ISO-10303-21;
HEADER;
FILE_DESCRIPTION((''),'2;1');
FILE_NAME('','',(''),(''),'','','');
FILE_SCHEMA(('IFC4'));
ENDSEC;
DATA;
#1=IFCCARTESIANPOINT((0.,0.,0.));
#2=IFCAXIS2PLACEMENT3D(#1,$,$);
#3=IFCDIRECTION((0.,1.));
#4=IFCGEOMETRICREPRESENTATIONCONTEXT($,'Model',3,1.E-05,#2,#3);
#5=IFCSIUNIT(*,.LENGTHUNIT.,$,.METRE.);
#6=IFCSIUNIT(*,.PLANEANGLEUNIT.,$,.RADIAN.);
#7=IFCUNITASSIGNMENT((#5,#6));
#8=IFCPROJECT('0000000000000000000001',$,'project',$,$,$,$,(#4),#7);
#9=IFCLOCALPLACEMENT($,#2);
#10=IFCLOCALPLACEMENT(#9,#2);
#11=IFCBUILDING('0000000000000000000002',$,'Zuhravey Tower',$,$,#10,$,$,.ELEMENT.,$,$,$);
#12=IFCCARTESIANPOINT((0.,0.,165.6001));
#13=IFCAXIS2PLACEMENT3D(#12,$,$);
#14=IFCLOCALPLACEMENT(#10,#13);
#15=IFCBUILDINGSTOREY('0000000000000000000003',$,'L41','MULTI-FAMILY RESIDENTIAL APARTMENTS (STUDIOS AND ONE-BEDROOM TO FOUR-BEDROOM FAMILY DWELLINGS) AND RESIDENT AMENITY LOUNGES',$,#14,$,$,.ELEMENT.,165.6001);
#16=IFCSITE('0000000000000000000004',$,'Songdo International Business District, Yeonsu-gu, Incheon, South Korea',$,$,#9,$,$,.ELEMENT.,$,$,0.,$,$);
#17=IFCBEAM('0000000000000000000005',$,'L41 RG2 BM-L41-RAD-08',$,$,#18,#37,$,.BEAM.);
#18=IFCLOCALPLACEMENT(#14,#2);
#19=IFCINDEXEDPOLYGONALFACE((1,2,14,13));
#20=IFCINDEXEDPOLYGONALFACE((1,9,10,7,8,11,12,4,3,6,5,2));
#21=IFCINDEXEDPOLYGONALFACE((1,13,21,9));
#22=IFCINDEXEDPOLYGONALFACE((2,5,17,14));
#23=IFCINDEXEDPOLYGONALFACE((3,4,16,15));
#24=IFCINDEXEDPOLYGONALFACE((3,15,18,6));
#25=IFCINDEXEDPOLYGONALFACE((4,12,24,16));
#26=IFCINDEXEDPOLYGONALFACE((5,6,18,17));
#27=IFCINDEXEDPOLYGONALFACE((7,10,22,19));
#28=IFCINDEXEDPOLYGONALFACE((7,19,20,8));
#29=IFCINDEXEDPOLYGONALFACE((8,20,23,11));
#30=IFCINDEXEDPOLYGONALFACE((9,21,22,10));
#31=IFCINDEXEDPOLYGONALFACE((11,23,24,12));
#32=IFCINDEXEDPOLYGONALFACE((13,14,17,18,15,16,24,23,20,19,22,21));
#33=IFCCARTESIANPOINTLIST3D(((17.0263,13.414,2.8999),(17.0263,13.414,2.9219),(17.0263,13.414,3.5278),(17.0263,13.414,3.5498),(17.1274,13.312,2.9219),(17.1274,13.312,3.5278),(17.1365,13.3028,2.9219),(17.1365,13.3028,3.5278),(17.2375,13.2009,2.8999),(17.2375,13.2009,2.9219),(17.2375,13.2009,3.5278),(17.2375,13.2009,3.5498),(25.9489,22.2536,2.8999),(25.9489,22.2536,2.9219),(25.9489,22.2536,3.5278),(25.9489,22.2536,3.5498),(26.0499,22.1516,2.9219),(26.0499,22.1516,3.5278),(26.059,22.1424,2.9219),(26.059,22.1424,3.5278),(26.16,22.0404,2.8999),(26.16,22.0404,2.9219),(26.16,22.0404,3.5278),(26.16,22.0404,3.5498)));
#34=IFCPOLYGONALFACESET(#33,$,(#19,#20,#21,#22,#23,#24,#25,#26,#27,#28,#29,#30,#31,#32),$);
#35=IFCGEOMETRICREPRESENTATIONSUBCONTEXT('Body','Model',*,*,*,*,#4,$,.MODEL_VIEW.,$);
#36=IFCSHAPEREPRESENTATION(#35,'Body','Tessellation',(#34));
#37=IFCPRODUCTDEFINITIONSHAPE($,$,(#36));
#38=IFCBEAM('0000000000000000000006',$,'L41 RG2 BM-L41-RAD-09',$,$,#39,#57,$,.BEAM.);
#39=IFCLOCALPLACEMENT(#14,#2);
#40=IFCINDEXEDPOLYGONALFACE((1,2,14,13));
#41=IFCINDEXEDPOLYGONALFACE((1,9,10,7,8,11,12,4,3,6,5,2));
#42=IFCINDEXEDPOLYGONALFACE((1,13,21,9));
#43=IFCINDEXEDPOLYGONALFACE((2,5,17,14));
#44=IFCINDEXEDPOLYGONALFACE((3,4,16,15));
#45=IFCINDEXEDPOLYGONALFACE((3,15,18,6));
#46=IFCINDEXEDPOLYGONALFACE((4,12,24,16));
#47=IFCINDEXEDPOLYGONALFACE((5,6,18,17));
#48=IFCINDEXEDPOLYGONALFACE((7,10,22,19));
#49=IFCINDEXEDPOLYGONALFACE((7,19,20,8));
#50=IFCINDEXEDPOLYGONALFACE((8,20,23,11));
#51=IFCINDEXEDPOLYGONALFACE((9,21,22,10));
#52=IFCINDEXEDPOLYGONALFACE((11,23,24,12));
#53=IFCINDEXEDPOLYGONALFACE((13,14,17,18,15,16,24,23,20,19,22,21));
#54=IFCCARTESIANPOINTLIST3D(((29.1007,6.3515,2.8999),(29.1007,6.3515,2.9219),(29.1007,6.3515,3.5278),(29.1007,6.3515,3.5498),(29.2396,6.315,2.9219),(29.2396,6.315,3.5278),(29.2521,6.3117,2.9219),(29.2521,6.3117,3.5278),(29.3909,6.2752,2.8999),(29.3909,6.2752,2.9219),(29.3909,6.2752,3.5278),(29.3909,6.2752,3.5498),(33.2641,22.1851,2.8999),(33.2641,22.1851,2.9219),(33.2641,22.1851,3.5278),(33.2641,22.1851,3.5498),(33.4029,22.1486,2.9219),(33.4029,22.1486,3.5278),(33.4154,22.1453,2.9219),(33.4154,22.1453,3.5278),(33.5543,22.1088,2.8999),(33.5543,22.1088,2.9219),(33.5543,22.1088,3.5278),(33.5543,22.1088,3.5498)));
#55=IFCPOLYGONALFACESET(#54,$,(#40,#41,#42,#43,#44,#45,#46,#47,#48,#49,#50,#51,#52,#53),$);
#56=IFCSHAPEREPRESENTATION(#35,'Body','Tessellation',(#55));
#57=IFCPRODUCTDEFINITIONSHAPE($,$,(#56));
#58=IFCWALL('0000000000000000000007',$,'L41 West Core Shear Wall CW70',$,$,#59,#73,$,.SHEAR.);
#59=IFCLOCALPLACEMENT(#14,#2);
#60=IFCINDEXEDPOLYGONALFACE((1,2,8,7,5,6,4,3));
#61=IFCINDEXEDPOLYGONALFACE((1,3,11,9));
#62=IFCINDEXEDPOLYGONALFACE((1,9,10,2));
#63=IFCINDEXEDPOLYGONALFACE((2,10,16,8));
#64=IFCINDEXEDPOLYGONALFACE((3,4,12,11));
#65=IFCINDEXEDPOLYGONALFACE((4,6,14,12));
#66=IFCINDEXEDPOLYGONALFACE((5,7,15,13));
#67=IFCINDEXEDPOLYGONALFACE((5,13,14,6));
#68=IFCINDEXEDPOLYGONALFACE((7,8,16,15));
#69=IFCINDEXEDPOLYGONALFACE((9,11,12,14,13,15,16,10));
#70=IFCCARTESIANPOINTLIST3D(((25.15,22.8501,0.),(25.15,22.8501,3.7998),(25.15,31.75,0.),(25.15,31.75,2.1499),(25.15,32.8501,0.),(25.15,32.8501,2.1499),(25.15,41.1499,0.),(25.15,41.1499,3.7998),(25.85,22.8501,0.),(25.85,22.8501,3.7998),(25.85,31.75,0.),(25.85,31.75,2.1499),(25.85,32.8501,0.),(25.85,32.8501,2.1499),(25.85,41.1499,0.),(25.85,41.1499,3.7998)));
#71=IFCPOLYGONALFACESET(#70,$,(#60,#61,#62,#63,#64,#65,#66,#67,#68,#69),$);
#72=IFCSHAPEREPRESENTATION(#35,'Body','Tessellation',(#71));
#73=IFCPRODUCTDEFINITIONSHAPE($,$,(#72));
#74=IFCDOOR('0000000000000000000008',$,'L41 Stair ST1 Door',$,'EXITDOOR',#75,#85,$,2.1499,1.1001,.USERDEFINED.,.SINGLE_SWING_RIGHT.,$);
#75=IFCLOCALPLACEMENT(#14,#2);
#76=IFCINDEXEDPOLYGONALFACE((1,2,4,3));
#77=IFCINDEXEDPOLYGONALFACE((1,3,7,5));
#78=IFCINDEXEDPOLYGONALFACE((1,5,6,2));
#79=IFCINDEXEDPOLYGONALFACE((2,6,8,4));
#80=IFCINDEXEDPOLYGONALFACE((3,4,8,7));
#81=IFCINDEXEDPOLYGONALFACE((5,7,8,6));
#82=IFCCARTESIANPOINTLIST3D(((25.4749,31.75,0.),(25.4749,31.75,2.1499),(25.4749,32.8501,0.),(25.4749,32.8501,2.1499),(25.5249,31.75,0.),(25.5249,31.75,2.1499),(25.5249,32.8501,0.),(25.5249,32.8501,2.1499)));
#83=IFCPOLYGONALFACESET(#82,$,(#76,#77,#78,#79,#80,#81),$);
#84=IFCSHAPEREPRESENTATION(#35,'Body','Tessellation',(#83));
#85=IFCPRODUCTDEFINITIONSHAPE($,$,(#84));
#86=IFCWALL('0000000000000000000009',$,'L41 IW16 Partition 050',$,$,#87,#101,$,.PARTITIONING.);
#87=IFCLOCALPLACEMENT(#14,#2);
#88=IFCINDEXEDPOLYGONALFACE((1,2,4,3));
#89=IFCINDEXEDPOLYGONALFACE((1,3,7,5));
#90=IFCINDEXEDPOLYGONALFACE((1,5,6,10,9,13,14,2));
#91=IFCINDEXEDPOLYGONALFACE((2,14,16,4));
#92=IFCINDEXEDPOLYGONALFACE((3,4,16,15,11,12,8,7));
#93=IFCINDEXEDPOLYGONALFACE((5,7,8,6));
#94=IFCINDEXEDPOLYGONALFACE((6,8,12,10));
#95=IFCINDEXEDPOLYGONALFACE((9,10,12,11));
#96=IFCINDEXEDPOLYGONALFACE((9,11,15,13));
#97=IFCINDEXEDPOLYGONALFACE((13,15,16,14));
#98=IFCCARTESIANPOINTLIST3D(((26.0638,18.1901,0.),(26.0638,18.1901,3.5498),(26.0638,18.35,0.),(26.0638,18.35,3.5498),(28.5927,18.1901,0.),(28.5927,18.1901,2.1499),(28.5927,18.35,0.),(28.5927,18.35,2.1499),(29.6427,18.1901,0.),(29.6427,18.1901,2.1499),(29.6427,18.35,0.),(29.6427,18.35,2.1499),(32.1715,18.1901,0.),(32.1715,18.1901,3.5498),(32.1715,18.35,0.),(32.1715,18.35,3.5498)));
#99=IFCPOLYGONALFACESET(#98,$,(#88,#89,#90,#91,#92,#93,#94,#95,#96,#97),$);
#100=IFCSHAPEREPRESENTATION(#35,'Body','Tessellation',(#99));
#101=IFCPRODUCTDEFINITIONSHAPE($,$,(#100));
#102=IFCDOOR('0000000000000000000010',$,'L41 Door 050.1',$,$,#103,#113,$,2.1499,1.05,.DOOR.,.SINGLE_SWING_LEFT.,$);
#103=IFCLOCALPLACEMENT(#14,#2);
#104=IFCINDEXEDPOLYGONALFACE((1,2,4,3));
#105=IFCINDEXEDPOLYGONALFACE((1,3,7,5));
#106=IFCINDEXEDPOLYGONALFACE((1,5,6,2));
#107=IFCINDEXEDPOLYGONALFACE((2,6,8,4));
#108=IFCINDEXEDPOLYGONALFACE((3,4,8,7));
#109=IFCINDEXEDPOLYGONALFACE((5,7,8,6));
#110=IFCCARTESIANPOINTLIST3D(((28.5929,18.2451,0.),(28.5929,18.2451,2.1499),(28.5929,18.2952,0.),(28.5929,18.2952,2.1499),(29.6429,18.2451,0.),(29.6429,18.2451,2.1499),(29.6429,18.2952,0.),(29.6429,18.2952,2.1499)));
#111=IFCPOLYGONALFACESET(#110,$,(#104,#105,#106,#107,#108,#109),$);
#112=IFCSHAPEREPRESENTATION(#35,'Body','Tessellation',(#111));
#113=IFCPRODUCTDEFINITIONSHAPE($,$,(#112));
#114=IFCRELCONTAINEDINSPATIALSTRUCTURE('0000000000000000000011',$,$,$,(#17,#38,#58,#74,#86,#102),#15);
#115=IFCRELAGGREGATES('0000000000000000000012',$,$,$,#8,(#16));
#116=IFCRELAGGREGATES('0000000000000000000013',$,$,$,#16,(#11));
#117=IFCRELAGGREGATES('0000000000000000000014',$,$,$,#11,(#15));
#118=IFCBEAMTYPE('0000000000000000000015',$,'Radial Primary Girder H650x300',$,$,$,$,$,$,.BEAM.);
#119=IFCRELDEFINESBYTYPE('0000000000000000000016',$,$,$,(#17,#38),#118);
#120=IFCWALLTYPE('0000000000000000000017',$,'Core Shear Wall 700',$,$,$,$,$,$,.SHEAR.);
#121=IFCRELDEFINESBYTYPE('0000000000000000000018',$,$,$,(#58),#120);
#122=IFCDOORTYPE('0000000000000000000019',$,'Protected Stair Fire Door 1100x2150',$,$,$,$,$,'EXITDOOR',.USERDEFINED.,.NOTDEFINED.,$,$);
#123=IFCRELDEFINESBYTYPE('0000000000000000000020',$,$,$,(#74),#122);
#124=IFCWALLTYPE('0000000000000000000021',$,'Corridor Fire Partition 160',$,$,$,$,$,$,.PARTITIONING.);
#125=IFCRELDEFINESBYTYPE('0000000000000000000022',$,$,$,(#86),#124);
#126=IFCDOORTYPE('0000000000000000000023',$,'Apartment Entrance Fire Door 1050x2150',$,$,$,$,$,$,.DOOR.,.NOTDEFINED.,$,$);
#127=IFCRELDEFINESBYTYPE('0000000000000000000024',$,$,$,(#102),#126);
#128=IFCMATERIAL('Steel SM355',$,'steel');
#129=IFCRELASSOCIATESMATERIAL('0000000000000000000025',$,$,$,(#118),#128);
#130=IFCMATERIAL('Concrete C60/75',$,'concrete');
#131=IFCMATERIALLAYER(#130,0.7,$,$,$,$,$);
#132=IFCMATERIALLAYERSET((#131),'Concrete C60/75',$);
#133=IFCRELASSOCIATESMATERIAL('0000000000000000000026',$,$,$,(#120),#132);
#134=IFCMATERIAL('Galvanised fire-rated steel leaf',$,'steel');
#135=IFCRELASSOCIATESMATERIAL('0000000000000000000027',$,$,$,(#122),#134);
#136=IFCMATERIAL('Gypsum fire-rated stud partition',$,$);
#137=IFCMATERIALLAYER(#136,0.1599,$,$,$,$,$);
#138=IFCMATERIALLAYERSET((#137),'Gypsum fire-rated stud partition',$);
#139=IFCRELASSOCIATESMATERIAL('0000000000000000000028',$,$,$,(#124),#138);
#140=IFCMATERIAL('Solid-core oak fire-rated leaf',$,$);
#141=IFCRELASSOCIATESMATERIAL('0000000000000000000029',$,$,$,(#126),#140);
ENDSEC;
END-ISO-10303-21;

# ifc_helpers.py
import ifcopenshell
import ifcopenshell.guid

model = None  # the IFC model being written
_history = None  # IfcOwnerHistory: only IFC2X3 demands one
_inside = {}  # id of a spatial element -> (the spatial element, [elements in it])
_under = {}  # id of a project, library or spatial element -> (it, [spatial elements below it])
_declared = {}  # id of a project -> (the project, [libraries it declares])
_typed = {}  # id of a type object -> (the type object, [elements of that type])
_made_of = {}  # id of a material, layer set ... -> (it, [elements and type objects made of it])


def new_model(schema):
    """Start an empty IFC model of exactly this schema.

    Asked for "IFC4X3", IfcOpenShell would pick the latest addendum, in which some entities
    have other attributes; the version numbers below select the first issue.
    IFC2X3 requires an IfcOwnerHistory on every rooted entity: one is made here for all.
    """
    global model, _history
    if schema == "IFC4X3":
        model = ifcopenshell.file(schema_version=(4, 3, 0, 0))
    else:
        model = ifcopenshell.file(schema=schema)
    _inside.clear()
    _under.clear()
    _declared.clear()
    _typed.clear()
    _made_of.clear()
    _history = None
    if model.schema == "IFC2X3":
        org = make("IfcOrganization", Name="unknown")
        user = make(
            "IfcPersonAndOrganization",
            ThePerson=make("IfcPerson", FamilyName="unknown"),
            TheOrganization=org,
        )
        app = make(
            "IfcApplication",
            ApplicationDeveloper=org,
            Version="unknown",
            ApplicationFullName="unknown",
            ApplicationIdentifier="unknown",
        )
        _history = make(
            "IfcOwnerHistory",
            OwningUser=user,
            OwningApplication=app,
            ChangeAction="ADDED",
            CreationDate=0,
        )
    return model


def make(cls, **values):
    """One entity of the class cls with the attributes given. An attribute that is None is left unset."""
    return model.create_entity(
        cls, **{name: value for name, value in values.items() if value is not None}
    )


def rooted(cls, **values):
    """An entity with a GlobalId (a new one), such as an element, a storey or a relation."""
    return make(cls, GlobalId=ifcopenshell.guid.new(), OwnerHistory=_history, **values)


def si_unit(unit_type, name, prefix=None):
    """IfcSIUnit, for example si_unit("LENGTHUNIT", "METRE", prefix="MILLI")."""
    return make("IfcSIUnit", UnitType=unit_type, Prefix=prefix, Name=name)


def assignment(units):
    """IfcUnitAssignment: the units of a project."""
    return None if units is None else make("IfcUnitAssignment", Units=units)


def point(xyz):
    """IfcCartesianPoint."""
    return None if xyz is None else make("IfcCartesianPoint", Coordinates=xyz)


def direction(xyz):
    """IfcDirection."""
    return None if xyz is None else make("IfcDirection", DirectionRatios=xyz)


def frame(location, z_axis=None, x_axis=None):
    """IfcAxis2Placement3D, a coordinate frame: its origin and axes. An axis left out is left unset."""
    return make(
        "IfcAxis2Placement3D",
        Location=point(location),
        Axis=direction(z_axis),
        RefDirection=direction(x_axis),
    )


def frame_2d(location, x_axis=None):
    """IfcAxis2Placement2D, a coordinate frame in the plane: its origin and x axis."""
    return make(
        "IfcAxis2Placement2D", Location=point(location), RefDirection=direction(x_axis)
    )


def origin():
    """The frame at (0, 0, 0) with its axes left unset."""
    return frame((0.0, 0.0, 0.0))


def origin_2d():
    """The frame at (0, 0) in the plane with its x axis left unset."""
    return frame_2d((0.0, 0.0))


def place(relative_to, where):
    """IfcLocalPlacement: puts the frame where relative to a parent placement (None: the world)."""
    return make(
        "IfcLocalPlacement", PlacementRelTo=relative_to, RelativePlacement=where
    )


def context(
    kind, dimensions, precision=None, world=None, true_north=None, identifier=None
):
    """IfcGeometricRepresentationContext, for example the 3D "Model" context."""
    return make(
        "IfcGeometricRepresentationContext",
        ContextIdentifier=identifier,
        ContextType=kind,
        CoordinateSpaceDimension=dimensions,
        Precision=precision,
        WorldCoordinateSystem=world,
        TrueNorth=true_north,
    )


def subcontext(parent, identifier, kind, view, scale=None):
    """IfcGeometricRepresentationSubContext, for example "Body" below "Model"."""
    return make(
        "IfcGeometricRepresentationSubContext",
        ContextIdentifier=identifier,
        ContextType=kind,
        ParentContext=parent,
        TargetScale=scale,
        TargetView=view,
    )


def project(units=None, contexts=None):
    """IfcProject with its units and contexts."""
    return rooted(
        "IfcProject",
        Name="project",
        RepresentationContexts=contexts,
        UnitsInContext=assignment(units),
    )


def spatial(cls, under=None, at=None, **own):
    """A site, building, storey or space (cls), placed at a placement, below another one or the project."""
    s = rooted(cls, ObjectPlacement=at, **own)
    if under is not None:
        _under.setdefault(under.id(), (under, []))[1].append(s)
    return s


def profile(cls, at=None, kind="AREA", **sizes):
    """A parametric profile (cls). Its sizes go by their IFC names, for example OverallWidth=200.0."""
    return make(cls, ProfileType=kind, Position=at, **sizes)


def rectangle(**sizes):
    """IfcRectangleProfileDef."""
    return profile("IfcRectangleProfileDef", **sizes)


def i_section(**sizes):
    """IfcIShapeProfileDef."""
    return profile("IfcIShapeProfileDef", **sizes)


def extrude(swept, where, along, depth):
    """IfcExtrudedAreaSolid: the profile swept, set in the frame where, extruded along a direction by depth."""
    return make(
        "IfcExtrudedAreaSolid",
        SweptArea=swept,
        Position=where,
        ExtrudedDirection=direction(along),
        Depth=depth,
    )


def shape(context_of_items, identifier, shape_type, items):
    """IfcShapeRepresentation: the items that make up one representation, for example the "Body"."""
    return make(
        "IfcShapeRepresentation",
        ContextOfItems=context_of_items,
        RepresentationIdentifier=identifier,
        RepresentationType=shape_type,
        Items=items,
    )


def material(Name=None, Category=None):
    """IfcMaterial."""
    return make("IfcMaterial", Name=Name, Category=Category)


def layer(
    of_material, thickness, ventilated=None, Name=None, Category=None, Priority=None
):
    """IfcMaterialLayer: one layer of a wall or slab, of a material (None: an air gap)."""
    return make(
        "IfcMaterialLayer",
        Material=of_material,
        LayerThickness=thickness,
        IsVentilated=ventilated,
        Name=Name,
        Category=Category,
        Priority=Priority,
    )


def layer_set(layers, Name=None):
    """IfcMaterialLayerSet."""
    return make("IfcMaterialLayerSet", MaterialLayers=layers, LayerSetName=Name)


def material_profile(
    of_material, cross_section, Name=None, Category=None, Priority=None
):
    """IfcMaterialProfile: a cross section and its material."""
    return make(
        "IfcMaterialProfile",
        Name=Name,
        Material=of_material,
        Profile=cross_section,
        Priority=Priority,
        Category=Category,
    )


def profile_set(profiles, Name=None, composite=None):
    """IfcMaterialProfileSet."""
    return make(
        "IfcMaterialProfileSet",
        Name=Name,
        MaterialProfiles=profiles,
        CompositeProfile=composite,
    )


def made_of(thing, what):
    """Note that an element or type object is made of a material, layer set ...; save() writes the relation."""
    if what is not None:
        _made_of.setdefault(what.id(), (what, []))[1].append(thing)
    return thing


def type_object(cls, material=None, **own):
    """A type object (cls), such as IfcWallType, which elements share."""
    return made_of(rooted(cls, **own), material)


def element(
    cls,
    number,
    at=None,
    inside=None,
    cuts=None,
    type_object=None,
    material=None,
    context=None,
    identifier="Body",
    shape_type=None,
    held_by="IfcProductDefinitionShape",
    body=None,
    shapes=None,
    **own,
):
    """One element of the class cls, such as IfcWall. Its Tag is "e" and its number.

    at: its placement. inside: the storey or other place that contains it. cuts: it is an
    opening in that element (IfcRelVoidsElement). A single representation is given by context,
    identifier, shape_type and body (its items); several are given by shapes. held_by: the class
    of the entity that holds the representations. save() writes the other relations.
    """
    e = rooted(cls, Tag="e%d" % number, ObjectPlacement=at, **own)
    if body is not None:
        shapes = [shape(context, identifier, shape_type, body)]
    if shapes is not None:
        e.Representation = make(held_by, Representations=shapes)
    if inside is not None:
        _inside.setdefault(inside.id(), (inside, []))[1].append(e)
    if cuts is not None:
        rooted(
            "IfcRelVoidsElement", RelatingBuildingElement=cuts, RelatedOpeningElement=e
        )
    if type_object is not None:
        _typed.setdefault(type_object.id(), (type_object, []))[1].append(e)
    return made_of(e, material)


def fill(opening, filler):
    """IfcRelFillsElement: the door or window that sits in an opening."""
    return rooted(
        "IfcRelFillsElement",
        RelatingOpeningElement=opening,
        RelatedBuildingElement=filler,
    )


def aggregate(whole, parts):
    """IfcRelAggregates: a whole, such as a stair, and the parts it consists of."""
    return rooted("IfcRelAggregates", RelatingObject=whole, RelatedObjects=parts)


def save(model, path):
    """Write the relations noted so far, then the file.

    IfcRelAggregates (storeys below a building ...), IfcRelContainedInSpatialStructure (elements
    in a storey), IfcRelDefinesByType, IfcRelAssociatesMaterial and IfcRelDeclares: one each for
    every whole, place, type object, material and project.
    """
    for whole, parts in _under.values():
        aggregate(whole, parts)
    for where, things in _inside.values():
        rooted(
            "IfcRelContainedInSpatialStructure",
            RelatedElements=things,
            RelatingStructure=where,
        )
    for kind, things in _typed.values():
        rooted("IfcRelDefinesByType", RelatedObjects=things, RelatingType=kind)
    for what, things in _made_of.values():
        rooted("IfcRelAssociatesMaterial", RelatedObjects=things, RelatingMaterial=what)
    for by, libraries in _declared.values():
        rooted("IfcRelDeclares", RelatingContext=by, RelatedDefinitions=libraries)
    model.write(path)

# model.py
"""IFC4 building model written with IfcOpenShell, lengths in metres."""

from ifc_helpers import new_model, si_unit, direction, frame, frame_2d, origin, origin_2d, place, context, subcontext, project, spatial, rectangle, i_section, extrude, material, layer, layer_set, material_profile, profile_set, type_object, element, fill, save


model = new_model("IFC4")

# Units and contexts
model_context = context("Model", 3, precision=1e-05, world=origin(), true_north=direction((0.0, 1.0)))
body_context = subcontext(model_context, "Body", "Model", "MODEL_VIEW")
ifc_project = project(units=[si_unit("LENGTHUNIT", "METRE"), si_unit("PLANEANGLEUNIT", "RADIAN")], contexts=[model_context])

# Site, building, storey
site_placement = place(None, origin())
site = spatial("IfcSite", under=ifc_project, at=site_placement, Name="Songdo International Business District, Yeonsu-gu, Incheon, South Korea", CompositionType="ELEMENT", RefElevation=0.0)
building_placement = place(site_placement, origin())
building = spatial("IfcBuilding", under=site, at=building_placement, Name="Zuhravey Tower", CompositionType="ELEMENT")
storey_placement = place(building_placement, frame((0.0, 0.0, 165.6001)))
storey = spatial("IfcBuildingStorey", under=building, at=storey_placement, Name="L41", Description="MULTI-FAMILY RESIDENTIAL APARTMENTS (STUDIOS AND ONE-BEDROOM TO FOUR-BEDROOM FAMILY DWELLINGS) AND RESIDENT AMENITY LOUNGES", CompositionType="ELEMENT", Elevation=165.6001)

# Beams
ifc_material_1 = material(Name="Steel SM355", Category="steel")
ifc_material_profile = material_profile(ifc_material_1, i_section(OverallWidth=0.3, OverallDepth=0.6499, WebThickness=0.0129, FlangeThickness=0.022, at=origin_2d()), Name="H-650x300x13x22")
ifc_profile_set = profile_set([ifc_material_profile], Name="Steel SM355")
beam_type = type_object("IfcBeamType", Name="Radial Primary Girder H650x300", PredefinedType="BEAM", material=ifc_profile_set)
beam_1_placement = place(storey_placement, frame((26.0544, 22.147, 3.2249), z_axis=(-0.710404, -0.703795, 0.0), x_axis=(0.703795, -0.710404, 0.0)))
element("IfcBeam", 1, at=beam_1_placement, inside=storey, type_object=beam_type, Name="L41 RG2 BM-L41-RAD-08", PredefinedType="BEAM", context=body_context, shape_type="SweptSolid", body=[
    extrude(i_section(OverallWidth=0.3, OverallDepth=0.6499, WebThickness=0.0129, FlangeThickness=0.022, at=origin_2d()), origin(), (0.0, 0.0, 1.0), 12.5598),
])
beam_2_placement = place(storey_placement, frame((33.4092, 22.147, 3.2249), z_axis=(-0.2543, -0.967125, 0.0), x_axis=(0.967125, -0.2543, 0.0)))
element("IfcBeam", 2, at=beam_2_placement, inside=storey, type_object=beam_type, Name="L41 RG2 BM-L41-RAD-09", PredefinedType="BEAM", context=body_context, shape_type="SweptSolid", body=[
    extrude(i_section(OverallWidth=0.3, OverallDepth=0.6499, WebThickness=0.0129, FlangeThickness=0.022, at=origin_2d()), origin(), (0.0, 0.0, 1.0), 16.3718),
])

# Walls, openings, doors
ifc_material_2 = material(Name="Concrete C60/75", Category="concrete")
ifc_layer_1 = layer(ifc_material_2, 0.7)
ifc_layer_set_1 = layer_set([ifc_layer_1], Name="Concrete C60/75")
wall_type_1 = type_object("IfcWallType", Name="Core Shear Wall 700", PredefinedType="SHEAR", material=ifc_layer_set_1)
ifc_material_3 = material(Name="Galvanised fire-rated steel leaf", Category="steel")
wall_1_placement = place(storey_placement, frame((25.5, 22.8501, 0.0), z_axis=(0.0, 0.0, 1.0), x_axis=(0.0, 1.0, 0.0)))
wall_1 = element("IfcWall", 3, at=wall_1_placement, inside=storey, type_object=wall_type_1, Name="L41 West Core Shear Wall CW70", PredefinedType="SHEAR", context=body_context, shape_type="SweptSolid", body=[
    extrude(rectangle(XDim=18.2998, YDim=0.7, at=frame_2d((9.1499, 0.0))), origin(), (0.0, 0.0, 1.0), 3.7998),
])
opening_1_placement = place(wall_1_placement, frame((8.8999, 0.0, 0.0)))
opening_1 = element("IfcOpeningElement", 4, at=opening_1_placement, cuts=wall_1, PredefinedType="OPENING", context=body_context, shape_type="SweptSolid", body=[
    extrude(rectangle(XDim=1.1001, YDim=2.1499, at=frame_2d((0.55, 1.075))), frame((0.0, 0.3621, 0.0), z_axis=(0.0, -1.0, 0.0), x_axis=(1.0, 0.0, 0.0)), (0.0, 0.0, 1.0), 0.7239),
])
door_type_1 = type_object("IfcDoorType", Name="Protected Stair Fire Door 1100x2150", ElementType="EXITDOOR", OperationType="NOTDEFINED", PredefinedType="USERDEFINED", material=ifc_material_3)
door_1_placement = place(opening_1_placement, frame((1.1001, 0.0, 0.0), z_axis=(0.0, 0.0, 1.0), x_axis=(-1.0, 0.0, 0.0)))
door_1 = element("IfcDoor", 5, at=door_1_placement, inside=storey, type_object=door_type_1, Name="L41 Stair ST1 Door", ObjectType="EXITDOOR", OperationType="SINGLE_SWING_RIGHT", OverallHeight=2.1499, OverallWidth=1.1001, PredefinedType="USERDEFINED", context=body_context, shape_type="SweptSolid", body=[
    extrude(rectangle(XDim=1.1001, YDim=2.1499, at=frame_2d((0.55, 1.075))), frame((0.0, 0.0249, 0.0), z_axis=(0.0, -1.0, 0.0), x_axis=(1.0, 0.0, 0.0)), (0.0, 0.0, 1.0), 0.05),
])
fill(opening_1, door_1)
ifc_material_4 = material(Name="Gypsum fire-rated stud partition")
ifc_layer_2 = layer(ifc_material_4, 0.1599)
ifc_layer_set_2 = layer_set([ifc_layer_2], Name="Gypsum fire-rated stud partition")
wall_type_2 = type_object("IfcWallType", Name="Corridor Fire Partition 160", PredefinedType="PARTITIONING", material=ifc_layer_set_2)
wall_2_placement = place(storey_placement, frame((26.064, 18.27, 0.0), z_axis=(0.0, 0.0, 1.0), x_axis=(1.0, 0.0, 0.0)))
wall_2 = element("IfcWall", 6, at=wall_2_placement, inside=storey, type_object=wall_type_2, Name="L41 IW16 Partition 050", PredefinedType="PARTITIONING", context=body_context, shape_type="SweptSolid", body=[
    extrude(rectangle(XDim=6.1077, YDim=0.1599, at=frame_2d((3.0537, 0.0))), origin(), (0.0, 0.0, 1.0), 3.5498),
])
opening_2_placement = place(wall_2_placement, frame((2.5288, 0.0, 0.0)))
opening_2 = element("IfcOpeningElement", 7, at=opening_2_placement, cuts=wall_2, PredefinedType="OPENING", context=body_context, shape_type="SweptSolid", body=[
    extrude(rectangle(XDim=1.05, YDim=2.1499, at=frame_2d((0.5249, 1.075))), frame((0.0, 0.092, 0.0), z_axis=(0.0, -1.0, 0.0), x_axis=(1.0, 0.0, 0.0)), (0.0, 0.0, 1.0), 0.1838),
])
ifc_material_5 = material(Name="Solid-core oak fire-rated leaf")
door_type_2 = type_object("IfcDoorType", Name="Apartment Entrance Fire Door 1050x2150", OperationType="NOTDEFINED", PredefinedType="DOOR", material=ifc_material_5)
door_2_placement = place(opening_2_placement, frame((1.05, 0.0, 0.0), z_axis=(0.0, 0.0, 1.0), x_axis=(-1.0, 0.0, 0.0)))
door_2 = element("IfcDoor", 8, at=door_2_placement, inside=storey, type_object=door_type_2, Name="L41 Door 050.1", OperationType="SINGLE_SWING_LEFT", OverallHeight=2.1499, OverallWidth=1.05, PredefinedType="DOOR", context=body_context, shape_type="SweptSolid", body=[
    extrude(rectangle(XDim=1.05, YDim=2.1499, at=frame_2d((0.5249, 1.075))), frame((0.0, 0.0249, 0.0), z_axis=(0.0, -1.0, 0.0), x_axis=(1.0, 0.0, 0.0)), (0.0, 0.0, 1.0), 0.05),
])
fill(opening_2, door_2)

save(model, "model.ifc")
